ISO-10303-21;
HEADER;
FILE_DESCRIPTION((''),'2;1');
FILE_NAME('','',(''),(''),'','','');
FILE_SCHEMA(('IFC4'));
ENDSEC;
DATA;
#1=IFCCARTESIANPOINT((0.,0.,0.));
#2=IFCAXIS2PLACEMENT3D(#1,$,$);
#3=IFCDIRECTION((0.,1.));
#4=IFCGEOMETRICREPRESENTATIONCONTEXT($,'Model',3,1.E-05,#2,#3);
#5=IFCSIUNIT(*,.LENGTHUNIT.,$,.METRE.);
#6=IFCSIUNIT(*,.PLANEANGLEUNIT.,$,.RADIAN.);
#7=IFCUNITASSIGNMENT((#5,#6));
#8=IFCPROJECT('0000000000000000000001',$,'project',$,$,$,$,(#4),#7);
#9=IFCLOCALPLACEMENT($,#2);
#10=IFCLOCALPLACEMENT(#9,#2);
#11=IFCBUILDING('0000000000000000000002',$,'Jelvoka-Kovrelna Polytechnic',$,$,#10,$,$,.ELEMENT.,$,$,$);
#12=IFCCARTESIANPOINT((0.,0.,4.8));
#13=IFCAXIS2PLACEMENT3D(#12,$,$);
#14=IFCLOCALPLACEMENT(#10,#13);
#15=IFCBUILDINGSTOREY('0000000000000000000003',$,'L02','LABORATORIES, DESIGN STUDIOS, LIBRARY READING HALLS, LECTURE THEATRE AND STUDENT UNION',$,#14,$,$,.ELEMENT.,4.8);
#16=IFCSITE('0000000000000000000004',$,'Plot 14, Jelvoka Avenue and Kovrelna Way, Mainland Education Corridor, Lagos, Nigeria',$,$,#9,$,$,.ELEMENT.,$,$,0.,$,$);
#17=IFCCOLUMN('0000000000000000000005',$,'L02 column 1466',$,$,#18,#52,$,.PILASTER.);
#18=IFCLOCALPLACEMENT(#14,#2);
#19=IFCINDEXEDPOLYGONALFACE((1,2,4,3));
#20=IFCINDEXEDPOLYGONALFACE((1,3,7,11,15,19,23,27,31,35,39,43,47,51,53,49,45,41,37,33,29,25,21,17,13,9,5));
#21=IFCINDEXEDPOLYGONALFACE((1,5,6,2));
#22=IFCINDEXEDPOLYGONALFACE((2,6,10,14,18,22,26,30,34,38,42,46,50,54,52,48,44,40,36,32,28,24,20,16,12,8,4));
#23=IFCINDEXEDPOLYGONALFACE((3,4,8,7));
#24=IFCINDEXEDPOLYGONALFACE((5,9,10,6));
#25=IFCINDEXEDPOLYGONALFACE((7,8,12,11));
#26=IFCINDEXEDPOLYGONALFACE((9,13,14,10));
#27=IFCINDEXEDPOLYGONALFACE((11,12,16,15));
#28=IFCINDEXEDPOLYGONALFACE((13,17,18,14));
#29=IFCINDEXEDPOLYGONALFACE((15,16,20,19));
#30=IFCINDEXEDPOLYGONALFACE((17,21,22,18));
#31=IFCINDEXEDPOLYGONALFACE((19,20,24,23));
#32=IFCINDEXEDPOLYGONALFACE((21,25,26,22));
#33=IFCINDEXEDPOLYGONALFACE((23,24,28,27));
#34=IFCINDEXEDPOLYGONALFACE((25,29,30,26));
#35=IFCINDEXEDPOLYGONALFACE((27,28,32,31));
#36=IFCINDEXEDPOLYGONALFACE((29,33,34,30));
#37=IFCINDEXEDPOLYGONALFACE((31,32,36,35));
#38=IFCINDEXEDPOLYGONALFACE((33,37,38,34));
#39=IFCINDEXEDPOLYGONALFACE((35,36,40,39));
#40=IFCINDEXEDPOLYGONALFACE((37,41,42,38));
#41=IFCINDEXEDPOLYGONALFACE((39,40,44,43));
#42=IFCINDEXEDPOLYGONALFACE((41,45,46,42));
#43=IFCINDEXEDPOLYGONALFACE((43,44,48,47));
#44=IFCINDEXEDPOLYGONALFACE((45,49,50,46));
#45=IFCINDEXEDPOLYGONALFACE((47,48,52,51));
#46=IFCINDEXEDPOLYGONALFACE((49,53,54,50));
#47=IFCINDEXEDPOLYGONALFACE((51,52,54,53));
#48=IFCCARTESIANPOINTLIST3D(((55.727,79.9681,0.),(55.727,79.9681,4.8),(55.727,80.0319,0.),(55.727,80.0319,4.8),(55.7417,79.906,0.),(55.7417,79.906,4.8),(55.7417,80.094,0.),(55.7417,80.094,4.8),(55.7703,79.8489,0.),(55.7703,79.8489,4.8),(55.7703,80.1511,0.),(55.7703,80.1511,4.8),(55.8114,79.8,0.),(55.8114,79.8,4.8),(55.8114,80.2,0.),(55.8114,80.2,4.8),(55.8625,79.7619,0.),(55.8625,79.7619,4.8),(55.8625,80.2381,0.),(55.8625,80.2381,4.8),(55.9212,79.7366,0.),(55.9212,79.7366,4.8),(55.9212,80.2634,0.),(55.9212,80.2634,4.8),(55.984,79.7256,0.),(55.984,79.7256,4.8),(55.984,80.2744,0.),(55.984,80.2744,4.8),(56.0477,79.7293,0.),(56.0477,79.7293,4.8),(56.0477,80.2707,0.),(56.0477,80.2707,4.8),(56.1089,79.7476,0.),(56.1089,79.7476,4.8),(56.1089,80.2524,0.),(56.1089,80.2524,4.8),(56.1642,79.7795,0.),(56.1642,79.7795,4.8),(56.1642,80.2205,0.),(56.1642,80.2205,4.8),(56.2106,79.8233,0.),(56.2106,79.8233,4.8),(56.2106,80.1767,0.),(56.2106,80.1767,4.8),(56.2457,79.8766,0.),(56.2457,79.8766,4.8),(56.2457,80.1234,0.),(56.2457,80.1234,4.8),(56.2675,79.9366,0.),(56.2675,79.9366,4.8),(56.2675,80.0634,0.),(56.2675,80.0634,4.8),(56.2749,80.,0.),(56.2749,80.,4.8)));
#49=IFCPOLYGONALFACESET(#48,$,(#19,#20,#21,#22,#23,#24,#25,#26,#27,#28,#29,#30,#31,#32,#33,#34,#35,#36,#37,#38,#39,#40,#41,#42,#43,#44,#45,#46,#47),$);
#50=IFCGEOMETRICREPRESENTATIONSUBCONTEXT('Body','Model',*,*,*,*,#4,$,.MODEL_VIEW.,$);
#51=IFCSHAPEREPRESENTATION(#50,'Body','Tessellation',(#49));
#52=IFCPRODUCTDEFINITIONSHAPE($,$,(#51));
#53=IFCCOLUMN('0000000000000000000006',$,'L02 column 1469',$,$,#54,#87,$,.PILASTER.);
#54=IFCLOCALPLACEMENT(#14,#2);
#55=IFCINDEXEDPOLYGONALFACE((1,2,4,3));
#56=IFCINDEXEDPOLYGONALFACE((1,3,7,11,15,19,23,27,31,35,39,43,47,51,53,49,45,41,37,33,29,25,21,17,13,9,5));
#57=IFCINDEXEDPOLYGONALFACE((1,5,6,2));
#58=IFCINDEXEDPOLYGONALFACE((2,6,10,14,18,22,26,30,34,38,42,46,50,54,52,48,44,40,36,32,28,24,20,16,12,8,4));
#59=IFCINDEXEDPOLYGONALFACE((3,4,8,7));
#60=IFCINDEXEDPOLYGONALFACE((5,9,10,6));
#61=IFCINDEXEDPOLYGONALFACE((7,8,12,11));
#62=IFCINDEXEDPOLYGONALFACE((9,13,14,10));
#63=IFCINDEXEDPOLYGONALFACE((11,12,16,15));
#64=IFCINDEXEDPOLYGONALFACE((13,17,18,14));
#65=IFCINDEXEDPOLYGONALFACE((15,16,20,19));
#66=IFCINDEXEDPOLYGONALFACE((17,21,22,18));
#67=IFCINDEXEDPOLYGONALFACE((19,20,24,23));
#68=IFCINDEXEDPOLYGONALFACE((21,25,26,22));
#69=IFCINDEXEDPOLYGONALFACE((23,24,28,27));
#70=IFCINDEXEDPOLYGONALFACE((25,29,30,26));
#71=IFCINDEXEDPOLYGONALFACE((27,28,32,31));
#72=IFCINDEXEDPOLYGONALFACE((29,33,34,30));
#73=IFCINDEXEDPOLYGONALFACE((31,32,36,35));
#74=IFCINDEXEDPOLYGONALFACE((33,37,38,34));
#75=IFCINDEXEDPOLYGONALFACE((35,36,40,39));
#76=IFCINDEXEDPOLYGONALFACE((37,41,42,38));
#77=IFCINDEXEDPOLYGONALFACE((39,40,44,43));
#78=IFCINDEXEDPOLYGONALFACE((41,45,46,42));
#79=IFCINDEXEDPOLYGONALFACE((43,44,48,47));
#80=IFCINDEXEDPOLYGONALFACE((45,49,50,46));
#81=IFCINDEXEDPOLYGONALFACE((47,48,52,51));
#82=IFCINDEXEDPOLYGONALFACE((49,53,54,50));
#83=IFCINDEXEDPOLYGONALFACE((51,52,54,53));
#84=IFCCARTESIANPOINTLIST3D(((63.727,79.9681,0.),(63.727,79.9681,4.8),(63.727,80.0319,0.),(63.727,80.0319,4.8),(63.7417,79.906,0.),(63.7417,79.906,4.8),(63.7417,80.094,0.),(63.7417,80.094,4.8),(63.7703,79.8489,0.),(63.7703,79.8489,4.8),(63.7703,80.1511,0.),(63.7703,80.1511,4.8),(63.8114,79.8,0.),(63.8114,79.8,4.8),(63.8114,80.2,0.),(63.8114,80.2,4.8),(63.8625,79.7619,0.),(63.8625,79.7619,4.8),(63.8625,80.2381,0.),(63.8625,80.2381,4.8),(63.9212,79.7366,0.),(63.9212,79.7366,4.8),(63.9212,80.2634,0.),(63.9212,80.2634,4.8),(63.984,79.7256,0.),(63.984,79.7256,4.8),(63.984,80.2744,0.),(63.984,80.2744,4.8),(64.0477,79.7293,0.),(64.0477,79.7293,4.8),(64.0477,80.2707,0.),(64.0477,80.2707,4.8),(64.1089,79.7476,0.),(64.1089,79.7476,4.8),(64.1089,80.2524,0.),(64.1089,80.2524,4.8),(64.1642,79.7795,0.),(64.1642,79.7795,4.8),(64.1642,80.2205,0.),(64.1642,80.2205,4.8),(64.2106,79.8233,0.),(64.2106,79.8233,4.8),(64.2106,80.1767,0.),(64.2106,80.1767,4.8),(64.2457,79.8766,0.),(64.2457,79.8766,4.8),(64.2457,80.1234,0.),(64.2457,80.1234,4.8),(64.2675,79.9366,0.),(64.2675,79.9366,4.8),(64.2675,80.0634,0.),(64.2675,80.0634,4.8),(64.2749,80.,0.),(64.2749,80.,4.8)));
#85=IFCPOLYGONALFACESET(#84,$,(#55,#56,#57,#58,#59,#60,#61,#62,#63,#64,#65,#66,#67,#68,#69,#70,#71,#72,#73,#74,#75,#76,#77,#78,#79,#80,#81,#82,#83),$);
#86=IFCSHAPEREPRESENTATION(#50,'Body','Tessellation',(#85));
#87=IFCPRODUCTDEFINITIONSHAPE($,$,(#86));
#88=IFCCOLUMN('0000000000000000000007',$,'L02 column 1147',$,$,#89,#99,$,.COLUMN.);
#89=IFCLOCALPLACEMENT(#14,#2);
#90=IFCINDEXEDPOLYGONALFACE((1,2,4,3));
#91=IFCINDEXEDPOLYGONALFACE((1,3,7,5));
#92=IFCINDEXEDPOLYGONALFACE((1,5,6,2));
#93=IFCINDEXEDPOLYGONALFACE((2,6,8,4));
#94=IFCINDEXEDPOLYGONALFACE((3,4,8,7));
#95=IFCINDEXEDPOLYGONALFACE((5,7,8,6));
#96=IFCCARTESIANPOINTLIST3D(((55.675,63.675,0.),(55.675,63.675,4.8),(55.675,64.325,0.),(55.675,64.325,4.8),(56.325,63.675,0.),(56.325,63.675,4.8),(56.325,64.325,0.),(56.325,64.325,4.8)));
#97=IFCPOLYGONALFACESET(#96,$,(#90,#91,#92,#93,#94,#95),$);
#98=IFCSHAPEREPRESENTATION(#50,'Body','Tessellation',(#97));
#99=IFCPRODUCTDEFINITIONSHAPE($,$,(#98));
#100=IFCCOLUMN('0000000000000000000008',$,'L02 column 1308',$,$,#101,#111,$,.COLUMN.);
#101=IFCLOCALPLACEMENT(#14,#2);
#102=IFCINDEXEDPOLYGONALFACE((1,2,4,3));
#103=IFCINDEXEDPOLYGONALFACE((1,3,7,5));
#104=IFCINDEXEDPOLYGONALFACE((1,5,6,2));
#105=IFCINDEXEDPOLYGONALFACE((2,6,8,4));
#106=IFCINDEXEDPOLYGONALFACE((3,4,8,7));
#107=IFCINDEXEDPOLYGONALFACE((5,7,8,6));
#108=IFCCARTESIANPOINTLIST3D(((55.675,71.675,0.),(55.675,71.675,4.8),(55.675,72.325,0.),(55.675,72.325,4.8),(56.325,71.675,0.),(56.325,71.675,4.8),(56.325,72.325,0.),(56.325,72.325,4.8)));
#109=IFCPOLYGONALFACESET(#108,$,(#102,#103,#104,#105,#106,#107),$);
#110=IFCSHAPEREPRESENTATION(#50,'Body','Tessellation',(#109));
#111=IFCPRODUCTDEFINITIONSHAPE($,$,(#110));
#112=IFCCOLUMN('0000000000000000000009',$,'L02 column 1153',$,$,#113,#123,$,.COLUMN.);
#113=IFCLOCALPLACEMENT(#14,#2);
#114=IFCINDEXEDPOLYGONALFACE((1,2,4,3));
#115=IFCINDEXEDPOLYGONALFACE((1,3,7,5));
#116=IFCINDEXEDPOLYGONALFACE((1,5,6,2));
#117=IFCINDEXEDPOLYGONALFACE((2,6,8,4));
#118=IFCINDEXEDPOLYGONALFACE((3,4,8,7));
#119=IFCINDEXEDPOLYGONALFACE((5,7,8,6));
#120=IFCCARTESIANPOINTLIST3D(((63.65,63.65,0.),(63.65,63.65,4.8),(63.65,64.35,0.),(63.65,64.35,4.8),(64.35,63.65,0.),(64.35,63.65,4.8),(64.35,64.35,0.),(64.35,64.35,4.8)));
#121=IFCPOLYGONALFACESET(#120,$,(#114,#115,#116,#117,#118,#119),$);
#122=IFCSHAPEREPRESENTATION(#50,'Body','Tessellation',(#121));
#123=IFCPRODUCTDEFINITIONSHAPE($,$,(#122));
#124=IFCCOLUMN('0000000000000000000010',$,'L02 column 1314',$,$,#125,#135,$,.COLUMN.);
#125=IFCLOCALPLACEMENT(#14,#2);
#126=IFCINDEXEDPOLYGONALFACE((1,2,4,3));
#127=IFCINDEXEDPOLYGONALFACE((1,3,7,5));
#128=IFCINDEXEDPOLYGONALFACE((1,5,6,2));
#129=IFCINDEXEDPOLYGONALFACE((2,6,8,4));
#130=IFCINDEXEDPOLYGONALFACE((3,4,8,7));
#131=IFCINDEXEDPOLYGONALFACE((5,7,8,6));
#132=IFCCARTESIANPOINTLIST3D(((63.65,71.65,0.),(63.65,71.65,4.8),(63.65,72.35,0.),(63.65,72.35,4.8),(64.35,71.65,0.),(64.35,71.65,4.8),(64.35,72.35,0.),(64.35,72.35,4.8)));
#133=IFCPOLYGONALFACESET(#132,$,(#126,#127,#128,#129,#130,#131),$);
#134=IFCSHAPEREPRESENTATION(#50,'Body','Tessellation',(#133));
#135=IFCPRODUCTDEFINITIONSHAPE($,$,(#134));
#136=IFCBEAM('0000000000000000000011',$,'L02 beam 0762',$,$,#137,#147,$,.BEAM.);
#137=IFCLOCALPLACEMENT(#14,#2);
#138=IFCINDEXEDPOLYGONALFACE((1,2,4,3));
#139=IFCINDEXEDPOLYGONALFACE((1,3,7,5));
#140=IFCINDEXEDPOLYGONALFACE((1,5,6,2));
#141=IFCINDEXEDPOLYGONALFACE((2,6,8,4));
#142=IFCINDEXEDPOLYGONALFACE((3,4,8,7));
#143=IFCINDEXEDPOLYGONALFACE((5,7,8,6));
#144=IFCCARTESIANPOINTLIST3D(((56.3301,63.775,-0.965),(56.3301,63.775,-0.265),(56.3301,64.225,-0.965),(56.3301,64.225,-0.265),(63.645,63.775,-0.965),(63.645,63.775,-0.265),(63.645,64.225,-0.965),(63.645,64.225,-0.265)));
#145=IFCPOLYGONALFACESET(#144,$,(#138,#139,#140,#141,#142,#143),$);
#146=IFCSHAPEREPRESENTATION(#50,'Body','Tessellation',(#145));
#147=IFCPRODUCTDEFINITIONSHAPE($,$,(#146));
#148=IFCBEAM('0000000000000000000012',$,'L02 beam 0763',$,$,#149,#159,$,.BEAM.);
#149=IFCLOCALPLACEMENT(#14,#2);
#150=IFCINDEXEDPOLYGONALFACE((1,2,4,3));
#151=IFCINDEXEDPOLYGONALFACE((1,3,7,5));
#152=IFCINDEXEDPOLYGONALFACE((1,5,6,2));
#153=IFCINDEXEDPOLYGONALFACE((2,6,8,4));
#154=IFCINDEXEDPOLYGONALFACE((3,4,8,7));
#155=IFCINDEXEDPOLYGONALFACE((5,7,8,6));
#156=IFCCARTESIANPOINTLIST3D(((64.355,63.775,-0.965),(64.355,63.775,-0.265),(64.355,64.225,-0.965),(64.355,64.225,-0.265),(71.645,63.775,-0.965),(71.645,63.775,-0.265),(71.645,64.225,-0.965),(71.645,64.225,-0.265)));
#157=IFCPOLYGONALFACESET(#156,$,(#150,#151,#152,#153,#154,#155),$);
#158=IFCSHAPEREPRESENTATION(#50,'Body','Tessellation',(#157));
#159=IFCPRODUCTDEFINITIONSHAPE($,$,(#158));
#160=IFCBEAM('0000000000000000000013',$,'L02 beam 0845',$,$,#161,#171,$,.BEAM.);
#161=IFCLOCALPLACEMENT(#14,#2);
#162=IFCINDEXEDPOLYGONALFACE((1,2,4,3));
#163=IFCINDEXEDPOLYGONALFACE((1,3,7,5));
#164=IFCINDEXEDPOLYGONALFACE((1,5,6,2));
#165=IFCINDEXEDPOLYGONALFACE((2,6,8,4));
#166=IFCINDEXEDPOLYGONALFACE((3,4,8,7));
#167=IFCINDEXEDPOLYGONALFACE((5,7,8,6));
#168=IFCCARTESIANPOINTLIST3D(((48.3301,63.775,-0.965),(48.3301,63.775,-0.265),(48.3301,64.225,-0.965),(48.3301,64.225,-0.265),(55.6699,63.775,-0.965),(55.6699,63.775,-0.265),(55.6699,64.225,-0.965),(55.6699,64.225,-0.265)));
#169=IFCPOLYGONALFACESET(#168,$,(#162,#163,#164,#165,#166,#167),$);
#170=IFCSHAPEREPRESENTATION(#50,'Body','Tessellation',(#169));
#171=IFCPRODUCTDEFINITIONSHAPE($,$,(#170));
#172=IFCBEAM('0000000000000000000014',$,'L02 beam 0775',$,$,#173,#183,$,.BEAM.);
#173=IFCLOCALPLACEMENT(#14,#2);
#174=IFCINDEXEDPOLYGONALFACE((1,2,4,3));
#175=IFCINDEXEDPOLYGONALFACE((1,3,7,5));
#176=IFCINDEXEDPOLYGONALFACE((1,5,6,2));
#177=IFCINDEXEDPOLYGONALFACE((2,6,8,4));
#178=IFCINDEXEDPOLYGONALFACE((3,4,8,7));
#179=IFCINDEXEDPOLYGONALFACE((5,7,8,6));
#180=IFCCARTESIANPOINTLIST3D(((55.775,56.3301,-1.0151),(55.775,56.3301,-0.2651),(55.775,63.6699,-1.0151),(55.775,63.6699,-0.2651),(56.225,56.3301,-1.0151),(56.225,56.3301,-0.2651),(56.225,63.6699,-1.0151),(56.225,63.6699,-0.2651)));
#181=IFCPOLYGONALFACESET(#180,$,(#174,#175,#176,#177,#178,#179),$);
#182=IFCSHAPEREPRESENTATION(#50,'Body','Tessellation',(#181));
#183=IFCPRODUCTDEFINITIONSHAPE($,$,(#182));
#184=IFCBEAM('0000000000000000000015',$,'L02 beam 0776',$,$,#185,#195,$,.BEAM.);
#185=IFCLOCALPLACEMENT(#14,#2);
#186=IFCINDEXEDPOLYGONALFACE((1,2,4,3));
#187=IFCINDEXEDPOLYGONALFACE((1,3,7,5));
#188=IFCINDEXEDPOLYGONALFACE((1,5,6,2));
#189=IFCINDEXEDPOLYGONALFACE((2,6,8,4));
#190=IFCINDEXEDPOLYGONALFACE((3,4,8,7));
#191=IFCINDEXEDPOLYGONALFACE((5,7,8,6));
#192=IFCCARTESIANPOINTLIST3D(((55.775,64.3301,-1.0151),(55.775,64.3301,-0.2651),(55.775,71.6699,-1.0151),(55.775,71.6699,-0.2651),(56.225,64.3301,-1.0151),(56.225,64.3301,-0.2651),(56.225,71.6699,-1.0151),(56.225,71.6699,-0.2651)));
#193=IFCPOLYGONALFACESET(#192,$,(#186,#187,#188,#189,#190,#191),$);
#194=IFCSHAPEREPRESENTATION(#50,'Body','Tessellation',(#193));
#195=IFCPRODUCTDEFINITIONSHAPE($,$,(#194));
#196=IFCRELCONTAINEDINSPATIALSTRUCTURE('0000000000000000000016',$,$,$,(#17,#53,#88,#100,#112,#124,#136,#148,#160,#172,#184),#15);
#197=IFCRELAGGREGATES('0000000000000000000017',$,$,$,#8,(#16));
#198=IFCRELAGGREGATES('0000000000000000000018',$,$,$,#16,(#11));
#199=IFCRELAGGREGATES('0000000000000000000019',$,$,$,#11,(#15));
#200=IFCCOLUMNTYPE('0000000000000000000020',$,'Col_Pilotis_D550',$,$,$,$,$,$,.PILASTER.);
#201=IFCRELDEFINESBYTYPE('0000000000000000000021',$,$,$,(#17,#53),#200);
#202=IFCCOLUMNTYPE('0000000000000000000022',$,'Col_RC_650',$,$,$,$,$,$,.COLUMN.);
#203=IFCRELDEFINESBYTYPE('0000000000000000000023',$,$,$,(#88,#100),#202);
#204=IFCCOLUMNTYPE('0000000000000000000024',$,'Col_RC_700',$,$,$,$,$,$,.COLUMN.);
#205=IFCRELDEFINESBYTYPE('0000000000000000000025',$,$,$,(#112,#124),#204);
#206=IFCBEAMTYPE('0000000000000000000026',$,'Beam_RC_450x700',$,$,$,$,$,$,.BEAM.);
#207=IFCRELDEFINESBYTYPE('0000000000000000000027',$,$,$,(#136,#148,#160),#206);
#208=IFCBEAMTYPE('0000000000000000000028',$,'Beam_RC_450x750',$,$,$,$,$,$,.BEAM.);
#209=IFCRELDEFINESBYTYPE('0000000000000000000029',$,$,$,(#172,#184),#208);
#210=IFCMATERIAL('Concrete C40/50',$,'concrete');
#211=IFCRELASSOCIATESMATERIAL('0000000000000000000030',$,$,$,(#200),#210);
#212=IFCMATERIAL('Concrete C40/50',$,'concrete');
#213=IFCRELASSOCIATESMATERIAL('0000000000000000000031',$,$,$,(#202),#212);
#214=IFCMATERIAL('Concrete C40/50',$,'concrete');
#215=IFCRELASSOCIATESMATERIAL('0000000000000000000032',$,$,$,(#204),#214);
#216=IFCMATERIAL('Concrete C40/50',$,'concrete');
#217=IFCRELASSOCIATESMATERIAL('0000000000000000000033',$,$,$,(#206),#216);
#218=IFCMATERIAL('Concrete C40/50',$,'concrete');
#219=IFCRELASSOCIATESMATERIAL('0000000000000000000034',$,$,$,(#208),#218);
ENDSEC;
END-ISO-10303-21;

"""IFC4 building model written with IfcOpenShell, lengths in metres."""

from ifc_helpers import new_model, si_unit, direction, frame, origin, origin_2d, place, context, subcontext, project, spatial, rectangle, circle, extrude, material, material_profile, profile_set, type_object, element, save


model = new_model("IFC4")

# Units and contexts
model_context = context("Model", 3, precision=1e-05, world=origin(), true_north=direction((0.0, 1.0)))
body_context = subcontext(model_context, "Body", "Model", "MODEL_VIEW")
ifc_project = project(units=[si_unit("LENGTHUNIT", "METRE"), si_unit("PLANEANGLEUNIT", "RADIAN")], contexts=[model_context])

# Site, building, storey
site_placement = place(None, origin())
site = spatial("IfcSite", under=ifc_project, at=site_placement, Name="Plot 14, Jelvoka Avenue and Kovrelna Way, Mainland Education Corridor, Lagos, Nigeria", CompositionType="ELEMENT", RefElevation=0.0)
building_placement = place(site_placement, origin())
building = spatial("IfcBuilding", under=site, at=building_placement, Name="Jelvoka-Kovrelna Polytechnic", CompositionType="ELEMENT")
storey_placement = place(building_placement, frame((0.0, 0.0, 4.8)))
storey = spatial("IfcBuildingStorey", under=building, at=storey_placement, Name="L02", Description="LABORATORIES, DESIGN STUDIOS, LIBRARY READING HALLS, LECTURE THEATRE AND STUDENT UNION", CompositionType="ELEMENT", Elevation=4.8)

# Columns
ifc_material_1 = material(Name="Concrete C40/50", Category="concrete")
ifc_material_profile_1 = material_profile(ifc_material_1, circle(Radius=0.2749, at=origin_2d()), Name="RC D550")
ifc_profile_set_1 = profile_set([ifc_material_profile_1], Name="Concrete C40/50")
column_type_1 = type_object("IfcColumnType", Name="Col_Pilotis_D550", PredefinedType="PILASTER", material=ifc_profile_set_1)
for number, where, z_axis, x_axis, name in (
    (1, (56.0, 80.0, 0.0), (0.0, 0.0, 1.0), (1.0, 0.0, 0.0), "L02 column 1466"),
    (2, (64.0, 80.0, 0.0), (0.0, 0.0, 1.0), (1.0, 0.0, 0.0), "L02 column 1469"),
):
    element("IfcColumn", number, at=place(storey_placement, frame(where, z_axis=z_axis, x_axis=x_axis)), inside=storey, type_object=column_type_1, Name=name, PredefinedType="PILASTER", context=body_context, shape_type="SweptSolid", body=[
        extrude(circle(Radius=0.2749, at=origin_2d()), origin(), (0.0, 0.0, 1.0), 4.8),
    ])
ifc_material_2 = material(Name="Concrete C40/50", Category="concrete")
ifc_material_profile_2 = material_profile(ifc_material_2, rectangle(XDim=0.6499, YDim=0.6499, at=origin_2d()), Name="RC 650x650")
ifc_profile_set_2 = profile_set([ifc_material_profile_2], Name="Concrete C40/50")
column_type_2 = type_object("IfcColumnType", Name="Col_RC_650", PredefinedType="COLUMN", material=ifc_profile_set_2)
for number, where, z_axis, x_axis, name in (
    (3, (56.0, 64.0, 0.0), (0.0, 0.0, 1.0), (1.0, 0.0, 0.0), "L02 column 1147"),
    (4, (56.0, 72.0, 0.0), (0.0, 0.0, 1.0), (1.0, 0.0, 0.0), "L02 column 1308"),
):
    element("IfcColumn", number, at=place(storey_placement, frame(where, z_axis=z_axis, x_axis=x_axis)), inside=storey, type_object=column_type_2, Name=name, PredefinedType="COLUMN", context=body_context, shape_type="SweptSolid", body=[
        extrude(rectangle(XDim=0.6499, YDim=0.6499, at=origin_2d()), origin(), (0.0, 0.0, 1.0), 4.8),
    ])
ifc_material_3 = material(Name="Concrete C40/50", Category="concrete")
ifc_material_profile_3 = material_profile(ifc_material_3, rectangle(XDim=0.7, YDim=0.7, at=origin_2d()), Name="RC 700x700")
ifc_profile_set_3 = profile_set([ifc_material_profile_3], Name="Concrete C40/50")
column_type_3 = type_object("IfcColumnType", Name="Col_RC_700", PredefinedType="COLUMN", material=ifc_profile_set_3)
for number, where, z_axis, x_axis, name in (
    (5, (64.0, 64.0, 0.0), (0.0, 0.0, 1.0), (1.0, 0.0, 0.0), "L02 column 1153"),
    (6, (64.0, 72.0, 0.0), (0.0, 0.0, 1.0), (1.0, 0.0, 0.0), "L02 column 1314"),
):
    element("IfcColumn", number, at=place(storey_placement, frame(where, z_axis=z_axis, x_axis=x_axis)), inside=storey, type_object=column_type_3, Name=name, PredefinedType="COLUMN", context=body_context, shape_type="SweptSolid", body=[
        extrude(rectangle(XDim=0.7, YDim=0.7, at=origin_2d()), origin(), (0.0, 0.0, 1.0), 4.8),
    ])

# Beams
ifc_material_4 = material(Name="Concrete C40/50", Category="concrete")
ifc_material_profile_4 = material_profile(ifc_material_4, rectangle(XDim=0.45, YDim=0.7, at=origin_2d()), Name="RC 450x700")
ifc_profile_set_4 = profile_set([ifc_material_profile_4], Name="Concrete C40/50")
beam_type_1 = type_object("IfcBeamType", Name="Beam_RC_450x700", PredefinedType="BEAM", material=ifc_profile_set_4)
beam_1_placement = place(storey_placement, frame((56.3301, 64.0, -0.615), z_axis=(1.0, 0.0, 0.0), x_axis=(0.0, 1.0, 0.0)))
element("IfcBeam", 7, at=beam_1_placement, inside=storey, type_object=beam_type_1, Name="L02 beam 0762", PredefinedType="BEAM", context=body_context, shape_type="SweptSolid", body=[
    extrude(rectangle(XDim=0.45, YDim=0.7, at=origin_2d()), origin(), (0.0, 0.0, 1.0), 7.3149),
])
beam_2_placement = place(storey_placement, frame((64.355, 64.0, -0.615), z_axis=(1.0, 0.0, 0.0), x_axis=(0.0, 1.0, 0.0)))
element("IfcBeam", 8, at=beam_2_placement, inside=storey, type_object=beam_type_1, Name="L02 beam 0763", PredefinedType="BEAM", context=body_context, shape_type="SweptSolid", body=[
    extrude(rectangle(XDim=0.45, YDim=0.7, at=origin_2d()), origin(), (0.0, 0.0, 1.0), 7.29),
])
beam_3_placement = place(storey_placement, frame((48.3301, 64.0, -0.615), z_axis=(1.0, 0.0, 0.0), x_axis=(0.0, 1.0, 0.0)))
element("IfcBeam", 9, at=beam_3_placement, inside=storey, type_object=beam_type_1, Name="L02 beam 0845", PredefinedType="BEAM", context=body_context, shape_type="SweptSolid", body=[
    extrude(rectangle(XDim=0.45, YDim=0.7, at=origin_2d()), origin(), (0.0, 0.0, 1.0), 7.3398),
])
ifc_material_5 = material(Name="Concrete C40/50", Category="concrete")
ifc_material_profile_5 = material_profile(ifc_material_5, rectangle(XDim=0.45, YDim=0.75, at=origin_2d()), Name="RC 450x750")
ifc_profile_set_5 = profile_set([ifc_material_profile_5], Name="Concrete C40/50")
beam_type_2 = type_object("IfcBeamType", Name="Beam_RC_450x750", PredefinedType="BEAM", material=ifc_profile_set_5)
for number, where, z_axis, x_axis, name in (
    (10, (56.0, 56.3301, -0.6401), (0.0, 1.0, 0.0), (-1.0, 0.0, 0.0), "L02 beam 0775"),
    (11, (56.0, 64.3301, -0.6401), (0.0, 1.0, 0.0), (-1.0, 0.0, 0.0), "L02 beam 0776"),
):
    element("IfcBeam", number, at=place(storey_placement, frame(where, z_axis=z_axis, x_axis=x_axis)), inside=storey, type_object=beam_type_2, Name=name, PredefinedType="BEAM", context=body_context, shape_type="SweptSolid", body=[
        extrude(rectangle(XDim=0.45, YDim=0.75, at=origin_2d()), origin(), (0.0, 0.0, 1.0), 7.3398),
    ])

save(model, "model.ifc")
